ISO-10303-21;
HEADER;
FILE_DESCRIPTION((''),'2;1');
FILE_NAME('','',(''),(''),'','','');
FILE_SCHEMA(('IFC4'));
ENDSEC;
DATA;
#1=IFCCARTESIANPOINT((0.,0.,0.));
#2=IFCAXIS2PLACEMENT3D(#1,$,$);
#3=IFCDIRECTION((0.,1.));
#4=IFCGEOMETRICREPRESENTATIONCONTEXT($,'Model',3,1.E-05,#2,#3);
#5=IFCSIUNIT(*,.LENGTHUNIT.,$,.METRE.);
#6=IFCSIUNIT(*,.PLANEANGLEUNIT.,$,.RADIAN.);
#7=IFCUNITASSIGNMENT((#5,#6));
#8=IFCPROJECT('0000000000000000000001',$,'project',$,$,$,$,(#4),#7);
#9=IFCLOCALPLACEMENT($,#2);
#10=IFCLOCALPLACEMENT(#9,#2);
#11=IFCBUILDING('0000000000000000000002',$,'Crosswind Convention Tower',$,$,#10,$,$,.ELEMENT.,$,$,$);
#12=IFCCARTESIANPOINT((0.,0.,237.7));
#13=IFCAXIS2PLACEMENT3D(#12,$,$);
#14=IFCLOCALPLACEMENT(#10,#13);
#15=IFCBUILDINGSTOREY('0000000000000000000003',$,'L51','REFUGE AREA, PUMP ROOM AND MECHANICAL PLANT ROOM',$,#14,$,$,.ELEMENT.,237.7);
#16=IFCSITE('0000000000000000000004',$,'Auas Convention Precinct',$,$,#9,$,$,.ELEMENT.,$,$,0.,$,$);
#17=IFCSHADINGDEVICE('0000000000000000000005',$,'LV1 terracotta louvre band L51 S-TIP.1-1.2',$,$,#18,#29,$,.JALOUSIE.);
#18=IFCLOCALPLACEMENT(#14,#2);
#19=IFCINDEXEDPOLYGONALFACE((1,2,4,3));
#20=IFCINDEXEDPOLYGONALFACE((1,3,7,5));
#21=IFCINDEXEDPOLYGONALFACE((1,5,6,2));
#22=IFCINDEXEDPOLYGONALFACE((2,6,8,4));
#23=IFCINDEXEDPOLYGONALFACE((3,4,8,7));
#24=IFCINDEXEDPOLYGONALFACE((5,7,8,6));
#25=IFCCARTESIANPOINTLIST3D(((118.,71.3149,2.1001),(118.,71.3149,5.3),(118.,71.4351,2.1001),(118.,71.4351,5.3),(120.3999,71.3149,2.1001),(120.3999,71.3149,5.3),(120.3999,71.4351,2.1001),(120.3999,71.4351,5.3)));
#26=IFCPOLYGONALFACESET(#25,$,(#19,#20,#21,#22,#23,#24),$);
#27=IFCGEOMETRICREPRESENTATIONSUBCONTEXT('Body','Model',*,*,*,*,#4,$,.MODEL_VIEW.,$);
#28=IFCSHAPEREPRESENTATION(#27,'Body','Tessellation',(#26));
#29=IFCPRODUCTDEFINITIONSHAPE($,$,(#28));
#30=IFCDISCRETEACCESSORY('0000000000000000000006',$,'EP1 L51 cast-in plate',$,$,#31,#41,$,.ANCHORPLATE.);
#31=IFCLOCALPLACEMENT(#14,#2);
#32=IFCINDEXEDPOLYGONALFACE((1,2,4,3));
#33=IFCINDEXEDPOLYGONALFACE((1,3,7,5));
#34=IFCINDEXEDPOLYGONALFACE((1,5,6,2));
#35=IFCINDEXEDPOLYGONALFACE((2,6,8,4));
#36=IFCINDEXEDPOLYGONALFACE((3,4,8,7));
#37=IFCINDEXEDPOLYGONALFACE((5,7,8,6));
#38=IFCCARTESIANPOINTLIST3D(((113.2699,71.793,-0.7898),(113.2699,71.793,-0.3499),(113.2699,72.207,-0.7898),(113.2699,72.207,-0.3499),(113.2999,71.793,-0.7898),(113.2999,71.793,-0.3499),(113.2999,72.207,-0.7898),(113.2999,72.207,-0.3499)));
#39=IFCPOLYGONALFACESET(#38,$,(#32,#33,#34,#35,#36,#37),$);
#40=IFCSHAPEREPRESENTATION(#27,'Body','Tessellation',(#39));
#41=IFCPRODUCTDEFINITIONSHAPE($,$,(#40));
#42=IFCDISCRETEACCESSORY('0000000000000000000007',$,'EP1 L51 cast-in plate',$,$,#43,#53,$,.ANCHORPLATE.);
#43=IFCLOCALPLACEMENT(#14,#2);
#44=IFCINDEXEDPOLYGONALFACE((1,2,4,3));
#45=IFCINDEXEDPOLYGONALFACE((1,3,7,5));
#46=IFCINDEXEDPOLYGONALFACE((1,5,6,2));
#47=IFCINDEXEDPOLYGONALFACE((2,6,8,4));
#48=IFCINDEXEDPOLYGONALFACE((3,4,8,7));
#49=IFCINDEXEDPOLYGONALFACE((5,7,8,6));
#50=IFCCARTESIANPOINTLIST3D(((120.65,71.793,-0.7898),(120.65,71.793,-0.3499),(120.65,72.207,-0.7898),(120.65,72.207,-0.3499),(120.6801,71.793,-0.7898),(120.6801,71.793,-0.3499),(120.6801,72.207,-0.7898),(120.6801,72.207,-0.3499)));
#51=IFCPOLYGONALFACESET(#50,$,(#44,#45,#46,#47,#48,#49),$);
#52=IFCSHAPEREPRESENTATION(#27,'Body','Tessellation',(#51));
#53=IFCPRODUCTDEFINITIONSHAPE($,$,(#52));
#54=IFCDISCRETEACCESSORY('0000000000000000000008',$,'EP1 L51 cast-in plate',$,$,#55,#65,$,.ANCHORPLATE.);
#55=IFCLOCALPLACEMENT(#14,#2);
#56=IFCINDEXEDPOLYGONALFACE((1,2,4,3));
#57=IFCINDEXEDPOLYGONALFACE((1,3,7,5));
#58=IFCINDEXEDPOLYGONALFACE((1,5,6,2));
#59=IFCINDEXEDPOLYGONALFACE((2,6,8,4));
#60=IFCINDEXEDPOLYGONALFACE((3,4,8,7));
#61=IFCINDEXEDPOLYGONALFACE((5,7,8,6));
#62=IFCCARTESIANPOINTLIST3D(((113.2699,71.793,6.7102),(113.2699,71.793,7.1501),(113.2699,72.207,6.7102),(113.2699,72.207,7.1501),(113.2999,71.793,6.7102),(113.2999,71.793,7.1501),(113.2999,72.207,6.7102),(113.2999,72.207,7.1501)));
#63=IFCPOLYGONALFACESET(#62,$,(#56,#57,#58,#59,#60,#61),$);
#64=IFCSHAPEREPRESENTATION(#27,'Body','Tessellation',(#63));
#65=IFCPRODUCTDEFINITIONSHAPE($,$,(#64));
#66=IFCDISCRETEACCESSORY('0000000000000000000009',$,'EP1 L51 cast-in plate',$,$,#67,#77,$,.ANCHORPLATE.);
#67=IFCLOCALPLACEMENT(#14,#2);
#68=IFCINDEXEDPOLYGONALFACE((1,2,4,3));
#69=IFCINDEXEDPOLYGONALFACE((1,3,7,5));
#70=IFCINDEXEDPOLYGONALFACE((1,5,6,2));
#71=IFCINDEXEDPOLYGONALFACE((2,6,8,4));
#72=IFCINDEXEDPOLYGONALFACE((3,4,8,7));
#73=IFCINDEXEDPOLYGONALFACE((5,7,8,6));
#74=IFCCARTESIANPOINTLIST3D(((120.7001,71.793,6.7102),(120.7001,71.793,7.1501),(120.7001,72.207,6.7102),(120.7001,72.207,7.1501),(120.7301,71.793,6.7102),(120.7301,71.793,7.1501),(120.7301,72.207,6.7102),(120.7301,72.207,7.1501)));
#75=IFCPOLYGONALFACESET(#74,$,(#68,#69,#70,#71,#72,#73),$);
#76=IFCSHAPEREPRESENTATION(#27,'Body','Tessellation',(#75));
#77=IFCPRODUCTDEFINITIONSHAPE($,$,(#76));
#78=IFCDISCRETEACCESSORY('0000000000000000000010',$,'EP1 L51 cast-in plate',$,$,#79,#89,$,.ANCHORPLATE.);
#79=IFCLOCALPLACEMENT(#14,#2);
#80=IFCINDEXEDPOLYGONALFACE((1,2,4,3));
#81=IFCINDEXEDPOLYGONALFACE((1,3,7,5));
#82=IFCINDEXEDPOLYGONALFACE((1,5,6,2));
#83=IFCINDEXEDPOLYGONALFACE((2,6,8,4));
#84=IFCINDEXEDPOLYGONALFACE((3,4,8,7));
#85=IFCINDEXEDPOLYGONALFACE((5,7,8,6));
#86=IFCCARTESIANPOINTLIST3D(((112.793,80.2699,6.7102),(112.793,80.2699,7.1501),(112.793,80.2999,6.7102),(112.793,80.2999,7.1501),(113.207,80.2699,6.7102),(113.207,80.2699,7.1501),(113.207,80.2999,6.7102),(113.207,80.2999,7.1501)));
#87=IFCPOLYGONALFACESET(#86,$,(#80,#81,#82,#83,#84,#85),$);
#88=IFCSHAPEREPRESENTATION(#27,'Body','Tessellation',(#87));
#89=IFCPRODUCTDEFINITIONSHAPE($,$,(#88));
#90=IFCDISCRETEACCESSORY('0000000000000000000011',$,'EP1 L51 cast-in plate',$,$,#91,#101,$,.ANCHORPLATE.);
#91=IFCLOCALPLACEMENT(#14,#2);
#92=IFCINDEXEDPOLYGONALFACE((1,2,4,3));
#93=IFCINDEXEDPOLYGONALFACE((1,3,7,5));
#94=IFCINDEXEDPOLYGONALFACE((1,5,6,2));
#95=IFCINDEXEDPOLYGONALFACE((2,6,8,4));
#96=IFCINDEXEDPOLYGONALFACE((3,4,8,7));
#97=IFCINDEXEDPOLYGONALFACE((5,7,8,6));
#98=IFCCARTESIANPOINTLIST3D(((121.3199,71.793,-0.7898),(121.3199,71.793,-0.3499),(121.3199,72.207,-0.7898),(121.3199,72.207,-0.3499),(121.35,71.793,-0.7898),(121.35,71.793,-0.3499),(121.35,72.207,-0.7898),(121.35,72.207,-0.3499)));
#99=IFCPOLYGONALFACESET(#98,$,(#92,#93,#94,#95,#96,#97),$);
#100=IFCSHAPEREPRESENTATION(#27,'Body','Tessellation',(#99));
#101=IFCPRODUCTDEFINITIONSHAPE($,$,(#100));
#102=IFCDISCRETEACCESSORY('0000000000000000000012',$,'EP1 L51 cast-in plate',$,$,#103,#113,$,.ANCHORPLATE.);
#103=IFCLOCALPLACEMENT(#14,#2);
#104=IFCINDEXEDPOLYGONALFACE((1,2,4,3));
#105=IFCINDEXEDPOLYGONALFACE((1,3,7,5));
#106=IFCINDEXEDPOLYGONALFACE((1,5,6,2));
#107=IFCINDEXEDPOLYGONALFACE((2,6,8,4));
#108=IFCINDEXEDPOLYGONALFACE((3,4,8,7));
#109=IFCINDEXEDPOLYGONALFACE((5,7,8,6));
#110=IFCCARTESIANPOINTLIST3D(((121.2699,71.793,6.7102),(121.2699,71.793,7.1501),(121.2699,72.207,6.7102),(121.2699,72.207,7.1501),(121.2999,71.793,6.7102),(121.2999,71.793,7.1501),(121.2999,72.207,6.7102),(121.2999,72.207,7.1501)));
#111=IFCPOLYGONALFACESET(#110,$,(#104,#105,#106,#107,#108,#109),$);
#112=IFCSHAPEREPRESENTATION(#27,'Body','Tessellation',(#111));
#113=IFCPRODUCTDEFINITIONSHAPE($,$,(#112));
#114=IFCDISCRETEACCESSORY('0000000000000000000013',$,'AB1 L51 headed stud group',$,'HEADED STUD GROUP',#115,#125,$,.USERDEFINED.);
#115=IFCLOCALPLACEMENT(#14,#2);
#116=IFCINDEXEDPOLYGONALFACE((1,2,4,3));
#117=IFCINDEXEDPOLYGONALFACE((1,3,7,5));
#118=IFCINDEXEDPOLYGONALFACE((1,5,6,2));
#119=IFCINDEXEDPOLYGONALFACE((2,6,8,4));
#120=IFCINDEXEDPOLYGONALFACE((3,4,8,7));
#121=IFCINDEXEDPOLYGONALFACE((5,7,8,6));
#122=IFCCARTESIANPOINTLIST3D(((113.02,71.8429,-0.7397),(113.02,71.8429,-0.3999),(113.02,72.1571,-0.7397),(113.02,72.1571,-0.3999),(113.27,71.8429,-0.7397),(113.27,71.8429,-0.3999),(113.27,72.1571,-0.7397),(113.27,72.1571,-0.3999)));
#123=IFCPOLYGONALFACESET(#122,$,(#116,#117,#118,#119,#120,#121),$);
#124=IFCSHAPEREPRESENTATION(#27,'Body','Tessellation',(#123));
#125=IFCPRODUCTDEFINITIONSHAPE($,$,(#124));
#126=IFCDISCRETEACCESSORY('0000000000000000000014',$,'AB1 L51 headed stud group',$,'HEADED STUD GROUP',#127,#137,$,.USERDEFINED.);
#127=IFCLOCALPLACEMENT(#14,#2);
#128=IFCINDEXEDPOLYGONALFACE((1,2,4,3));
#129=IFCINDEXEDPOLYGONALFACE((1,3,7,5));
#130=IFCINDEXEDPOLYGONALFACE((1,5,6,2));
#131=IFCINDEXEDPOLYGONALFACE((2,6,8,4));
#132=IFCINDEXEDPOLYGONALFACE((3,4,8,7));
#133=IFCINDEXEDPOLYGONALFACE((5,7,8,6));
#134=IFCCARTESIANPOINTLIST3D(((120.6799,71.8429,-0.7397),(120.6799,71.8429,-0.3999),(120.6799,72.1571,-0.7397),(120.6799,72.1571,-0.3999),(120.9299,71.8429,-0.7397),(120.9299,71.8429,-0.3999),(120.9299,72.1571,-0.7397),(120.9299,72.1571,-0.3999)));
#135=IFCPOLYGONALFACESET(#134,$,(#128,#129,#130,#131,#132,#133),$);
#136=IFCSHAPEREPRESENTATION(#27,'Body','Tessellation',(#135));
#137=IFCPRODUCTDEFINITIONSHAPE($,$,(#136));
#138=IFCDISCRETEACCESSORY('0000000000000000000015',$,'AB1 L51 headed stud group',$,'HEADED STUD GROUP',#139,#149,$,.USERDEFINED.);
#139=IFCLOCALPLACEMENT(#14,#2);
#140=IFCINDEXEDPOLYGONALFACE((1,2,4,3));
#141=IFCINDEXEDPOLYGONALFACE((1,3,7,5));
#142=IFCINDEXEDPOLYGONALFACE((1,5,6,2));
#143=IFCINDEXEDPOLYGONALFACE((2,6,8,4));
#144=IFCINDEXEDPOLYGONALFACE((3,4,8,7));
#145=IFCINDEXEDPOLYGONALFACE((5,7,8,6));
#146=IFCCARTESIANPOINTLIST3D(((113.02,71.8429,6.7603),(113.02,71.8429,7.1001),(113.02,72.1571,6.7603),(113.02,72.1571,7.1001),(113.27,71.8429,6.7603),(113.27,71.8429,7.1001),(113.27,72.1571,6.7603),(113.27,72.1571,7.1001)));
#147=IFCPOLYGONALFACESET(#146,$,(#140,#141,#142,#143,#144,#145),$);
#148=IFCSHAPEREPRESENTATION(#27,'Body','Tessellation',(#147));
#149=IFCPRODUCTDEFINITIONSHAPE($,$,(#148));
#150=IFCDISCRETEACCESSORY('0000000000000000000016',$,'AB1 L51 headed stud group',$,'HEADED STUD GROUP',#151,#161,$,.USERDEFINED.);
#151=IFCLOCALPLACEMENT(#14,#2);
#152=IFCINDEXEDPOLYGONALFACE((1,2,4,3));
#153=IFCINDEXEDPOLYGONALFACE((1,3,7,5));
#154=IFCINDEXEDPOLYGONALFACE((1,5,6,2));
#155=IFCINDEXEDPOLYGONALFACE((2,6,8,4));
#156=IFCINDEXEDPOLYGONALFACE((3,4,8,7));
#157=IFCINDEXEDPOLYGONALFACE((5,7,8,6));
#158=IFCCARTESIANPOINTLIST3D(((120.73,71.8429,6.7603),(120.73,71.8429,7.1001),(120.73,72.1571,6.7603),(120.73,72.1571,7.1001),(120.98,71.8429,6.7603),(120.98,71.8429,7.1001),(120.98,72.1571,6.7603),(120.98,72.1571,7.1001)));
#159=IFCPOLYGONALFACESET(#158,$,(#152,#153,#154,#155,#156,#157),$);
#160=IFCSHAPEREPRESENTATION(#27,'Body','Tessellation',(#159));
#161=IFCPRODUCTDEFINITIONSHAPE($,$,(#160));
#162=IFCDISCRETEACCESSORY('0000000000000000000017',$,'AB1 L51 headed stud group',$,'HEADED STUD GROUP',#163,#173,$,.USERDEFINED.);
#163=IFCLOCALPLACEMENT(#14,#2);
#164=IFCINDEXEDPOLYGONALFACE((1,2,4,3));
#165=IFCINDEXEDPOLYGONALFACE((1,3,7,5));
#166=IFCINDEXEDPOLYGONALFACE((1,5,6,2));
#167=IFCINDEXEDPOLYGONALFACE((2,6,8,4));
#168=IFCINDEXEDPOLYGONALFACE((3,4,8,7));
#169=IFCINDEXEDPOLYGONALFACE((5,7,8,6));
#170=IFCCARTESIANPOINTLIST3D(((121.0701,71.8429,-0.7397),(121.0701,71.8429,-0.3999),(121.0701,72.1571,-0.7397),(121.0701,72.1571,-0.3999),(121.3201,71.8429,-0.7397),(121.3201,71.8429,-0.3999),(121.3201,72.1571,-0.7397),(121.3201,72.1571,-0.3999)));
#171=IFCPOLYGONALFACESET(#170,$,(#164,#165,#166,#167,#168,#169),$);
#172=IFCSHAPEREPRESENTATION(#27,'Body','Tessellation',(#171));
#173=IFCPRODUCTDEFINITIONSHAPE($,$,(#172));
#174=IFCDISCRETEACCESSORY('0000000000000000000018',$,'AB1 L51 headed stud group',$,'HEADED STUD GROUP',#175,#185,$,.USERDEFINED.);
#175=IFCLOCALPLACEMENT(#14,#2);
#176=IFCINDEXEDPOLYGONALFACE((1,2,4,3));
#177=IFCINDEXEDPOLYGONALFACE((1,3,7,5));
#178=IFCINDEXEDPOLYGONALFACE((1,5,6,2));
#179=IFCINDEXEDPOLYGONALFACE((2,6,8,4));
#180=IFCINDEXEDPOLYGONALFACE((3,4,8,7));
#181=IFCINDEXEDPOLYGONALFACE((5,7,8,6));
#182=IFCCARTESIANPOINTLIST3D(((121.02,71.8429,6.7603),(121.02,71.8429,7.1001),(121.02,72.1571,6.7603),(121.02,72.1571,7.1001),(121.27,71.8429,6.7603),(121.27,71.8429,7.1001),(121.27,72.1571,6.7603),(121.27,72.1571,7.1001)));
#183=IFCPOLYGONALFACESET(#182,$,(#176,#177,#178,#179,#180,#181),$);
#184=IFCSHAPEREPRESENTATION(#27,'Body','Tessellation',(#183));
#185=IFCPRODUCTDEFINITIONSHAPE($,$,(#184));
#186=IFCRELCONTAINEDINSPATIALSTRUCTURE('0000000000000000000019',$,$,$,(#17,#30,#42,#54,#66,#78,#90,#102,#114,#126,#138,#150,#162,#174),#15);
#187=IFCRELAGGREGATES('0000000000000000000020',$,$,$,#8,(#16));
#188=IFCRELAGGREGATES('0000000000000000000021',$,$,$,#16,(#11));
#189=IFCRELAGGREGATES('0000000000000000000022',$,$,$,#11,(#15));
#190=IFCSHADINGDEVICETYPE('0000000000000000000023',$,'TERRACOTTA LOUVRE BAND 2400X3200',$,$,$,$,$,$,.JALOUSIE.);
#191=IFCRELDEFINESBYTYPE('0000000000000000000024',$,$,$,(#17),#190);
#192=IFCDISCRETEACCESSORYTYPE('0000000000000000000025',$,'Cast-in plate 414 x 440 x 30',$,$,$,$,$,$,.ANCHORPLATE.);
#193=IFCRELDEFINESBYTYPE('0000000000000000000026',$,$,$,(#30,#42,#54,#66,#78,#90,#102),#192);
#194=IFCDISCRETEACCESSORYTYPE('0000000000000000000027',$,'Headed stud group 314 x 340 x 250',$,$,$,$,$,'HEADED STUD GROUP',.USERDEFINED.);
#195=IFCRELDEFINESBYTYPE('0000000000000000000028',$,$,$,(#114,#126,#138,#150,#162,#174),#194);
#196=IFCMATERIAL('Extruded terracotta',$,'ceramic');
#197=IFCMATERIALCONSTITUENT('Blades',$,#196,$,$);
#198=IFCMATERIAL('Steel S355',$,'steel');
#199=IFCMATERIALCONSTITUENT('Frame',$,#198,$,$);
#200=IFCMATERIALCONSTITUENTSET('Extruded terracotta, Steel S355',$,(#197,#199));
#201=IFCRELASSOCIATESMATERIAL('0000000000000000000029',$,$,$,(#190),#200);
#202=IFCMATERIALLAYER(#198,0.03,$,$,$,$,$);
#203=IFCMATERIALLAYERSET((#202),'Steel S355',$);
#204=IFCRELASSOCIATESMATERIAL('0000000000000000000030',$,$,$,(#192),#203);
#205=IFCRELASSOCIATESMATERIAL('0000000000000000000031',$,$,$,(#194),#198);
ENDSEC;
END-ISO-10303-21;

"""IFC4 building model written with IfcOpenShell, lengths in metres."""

from ifc_helpers import new_model, si_unit, direction, frame, origin, origin_2d, place, context, subcontext, project, spatial, rectangle, extrude, material, layer, layer_set, constituent, constituent_set, type_object, element, save


model = new_model("IFC4")

# Units and contexts
model_context = context("Model", 3, precision=1e-05, world=origin(), true_north=direction((0.0, 1.0)))
body_context = subcontext(model_context, "Body", "Model", "MODEL_VIEW")
ifc_project = project(units=[si_unit("LENGTHUNIT", "METRE"), si_unit("PLANEANGLEUNIT", "RADIAN")], contexts=[model_context])

# Site, building, storey
site_placement = place(None, origin())
site = spatial("IfcSite", under=ifc_project, at=site_placement, Name="Auas Convention Precinct", CompositionType="ELEMENT", RefElevation=0.0)
building_placement = place(site_placement, origin())
building = spatial("IfcBuilding", under=site, at=building_placement, Name="Crosswind Convention Tower", CompositionType="ELEMENT")
storey_placement = place(building_placement, frame((0.0, 0.0, 237.7)))
storey = spatial("IfcBuildingStorey", under=building, at=storey_placement, Name="L51", Description="REFUGE AREA, PUMP ROOM AND MECHANICAL PLANT ROOM", CompositionType="ELEMENT", Elevation=237.7)

# Shared definitions
ifc_material_1 = material(Name="Steel S355", Category="steel")

# Shading device
ifc_material_2 = material(Name="Extruded terracotta", Category="ceramic")
ifc_constituent_1 = constituent(ifc_material_2, Name="Blades")
ifc_constituent_2 = constituent(ifc_material_1, Name="Frame")
ifc_constituent_set = constituent_set(constituents=[ifc_constituent_1, ifc_constituent_2], Name="Extruded terracotta, Steel S355")
shading_device_type = type_object("IfcShadingDeviceType", Name="TERRACOTTA LOUVRE BAND 2400X3200", PredefinedType="JALOUSIE", material=ifc_constituent_set)
for number, where, z_axis, x_axis, name in (
    (1, (119.2, 71.375, 2.1001), (0.0, 0.0, 1.0), (1.0, 0.0, 0.0), "LV1 terracotta louvre band L51 S-TIP.1-1.2"),
):
    element("IfcShadingDevice", number, at=place(storey_placement, frame(where, z_axis=z_axis, x_axis=x_axis)), inside=storey, type_object=shading_device_type, Name=name, PredefinedType="JALOUSIE", context=body_context, shape_type="SweptSolid", body=[
        extrude(rectangle(XDim=2.3999, YDim=0.1201, at=origin_2d()), origin(), (0.0, 0.0, 1.0), 3.2),
    ])

# Discrete accessories
ifc_layer_1 = layer(ifc_material_1, 0.03)
ifc_layer_set_1 = layer_set([ifc_layer_1], Name="Steel S355")
discrete_accessory_type_1 = type_object("IfcDiscreteAccessoryType", Name="Cast-in plate 414 x 440 x 30", PredefinedType="ANCHORPLATE", material=ifc_layer_set_1)
for number, where, z_axis, x_axis, name in (
    (2, (113.2849, 72.0, -0.7898), (0.0, 0.0, 1.0), (1.0, 0.0, 0.0), "EP1 L51 cast-in plate"),
    (3, (120.665, 72.0, -0.7898), (0.0, 0.0, 1.0), (1.0, 0.0, 0.0), "EP1 L51 cast-in plate"),
    (4, (113.2849, 72.0, 6.7102), (0.0, 0.0, 1.0), (1.0, 0.0, 0.0), "EP1 L51 cast-in plate"),
    (5, (120.7151, 72.0, 6.7102), (0.0, 0.0, 1.0), (1.0, 0.0, 0.0), "EP1 L51 cast-in plate"),
):
    element("IfcDiscreteAccessory", number, at=place(storey_placement, frame(where, z_axis=z_axis, x_axis=x_axis)), inside=storey, type_object=discrete_accessory_type_1, Name=name, PredefinedType="ANCHORPLATE", context=body_context, shape_type="SweptSolid", body=[
        extrude(rectangle(XDim=0.03, YDim=0.4141, at=origin_2d()), origin(), (0.0, 0.0, 1.0), 0.4399),
    ])
discrete_accessory_placement = place(storey_placement, frame((113.0, 80.2849, 6.7102), z_axis=(0.0, 0.0, 1.0), x_axis=(1.0, 0.0, 0.0)))
element("IfcDiscreteAccessory", 6, at=discrete_accessory_placement, inside=storey, type_object=discrete_accessory_type_1, Name="EP1 L51 cast-in plate", PredefinedType="ANCHORPLATE", context=body_context, shape_type="SweptSolid", body=[
    extrude(rectangle(XDim=0.4141, YDim=0.03, at=origin_2d()), origin(), (0.0, 0.0, 1.0), 0.4399),
])
for number, where, z_axis, x_axis, name in (
    (7, (121.335, 72.0, -0.7898), (0.0, 0.0, 1.0), (1.0, 0.0, 0.0), "EP1 L51 cast-in plate"),
    (8, (121.2849, 72.0, 6.7102), (0.0, 0.0, 1.0), (1.0, 0.0, 0.0), "EP1 L51 cast-in plate"),
):
    element("IfcDiscreteAccessory", number, at=place(storey_placement, frame(where, z_axis=z_axis, x_axis=x_axis)), inside=storey, type_object=discrete_accessory_type_1, Name=name, PredefinedType="ANCHORPLATE", context=body_context, shape_type="SweptSolid", body=[
        extrude(rectangle(XDim=0.03, YDim=0.4141, at=origin_2d()), origin(), (0.0, 0.0, 1.0), 0.4399),
    ])
discrete_accessory_type_2 = type_object("IfcDiscreteAccessoryType", Name="Headed stud group 314 x 340 x 250", ElementType="HEADED STUD GROUP", PredefinedType="USERDEFINED", material=ifc_material_1)
for number, where, z_axis, x_axis, name in (
    (9, (113.145, 72.0, -0.7397), (0.0, 0.0, 1.0), (1.0, 0.0, 0.0), "AB1 L51 headed stud group"),
    (10, (120.8049, 72.0, -0.7397), (0.0, 0.0, 1.0), (1.0, 0.0, 0.0), "AB1 L51 headed stud group"),
    (11, (113.145, 72.0, 6.7603), (0.0, 0.0, 1.0), (1.0, 0.0, 0.0), "AB1 L51 headed stud group"),
    (12, (120.855, 72.0, 6.7603), (0.0, 0.0, 1.0), (1.0, 0.0, 0.0), "AB1 L51 headed stud group"),
    (13, (121.1951, 72.0, -0.7397), (0.0, 0.0, 1.0), (1.0, 0.0, 0.0), "AB1 L51 headed stud group"),
    (14, (121.145, 72.0, 6.7603), (0.0, 0.0, 1.0), (1.0, 0.0, 0.0), "AB1 L51 headed stud group"),
):
    element("IfcDiscreteAccessory", number, at=place(storey_placement, frame(where, z_axis=z_axis, x_axis=x_axis)), inside=storey, type_object=discrete_accessory_type_2, Name=name, ObjectType="HEADED STUD GROUP", PredefinedType="USERDEFINED", context=body_context, shape_type="SweptSolid", body=[
        extrude(rectangle(XDim=0.25, YDim=0.3142, at=origin_2d()), origin(), (0.0, 0.0, 1.0), 0.3398),
    ])

save(model, "model.ifc")
